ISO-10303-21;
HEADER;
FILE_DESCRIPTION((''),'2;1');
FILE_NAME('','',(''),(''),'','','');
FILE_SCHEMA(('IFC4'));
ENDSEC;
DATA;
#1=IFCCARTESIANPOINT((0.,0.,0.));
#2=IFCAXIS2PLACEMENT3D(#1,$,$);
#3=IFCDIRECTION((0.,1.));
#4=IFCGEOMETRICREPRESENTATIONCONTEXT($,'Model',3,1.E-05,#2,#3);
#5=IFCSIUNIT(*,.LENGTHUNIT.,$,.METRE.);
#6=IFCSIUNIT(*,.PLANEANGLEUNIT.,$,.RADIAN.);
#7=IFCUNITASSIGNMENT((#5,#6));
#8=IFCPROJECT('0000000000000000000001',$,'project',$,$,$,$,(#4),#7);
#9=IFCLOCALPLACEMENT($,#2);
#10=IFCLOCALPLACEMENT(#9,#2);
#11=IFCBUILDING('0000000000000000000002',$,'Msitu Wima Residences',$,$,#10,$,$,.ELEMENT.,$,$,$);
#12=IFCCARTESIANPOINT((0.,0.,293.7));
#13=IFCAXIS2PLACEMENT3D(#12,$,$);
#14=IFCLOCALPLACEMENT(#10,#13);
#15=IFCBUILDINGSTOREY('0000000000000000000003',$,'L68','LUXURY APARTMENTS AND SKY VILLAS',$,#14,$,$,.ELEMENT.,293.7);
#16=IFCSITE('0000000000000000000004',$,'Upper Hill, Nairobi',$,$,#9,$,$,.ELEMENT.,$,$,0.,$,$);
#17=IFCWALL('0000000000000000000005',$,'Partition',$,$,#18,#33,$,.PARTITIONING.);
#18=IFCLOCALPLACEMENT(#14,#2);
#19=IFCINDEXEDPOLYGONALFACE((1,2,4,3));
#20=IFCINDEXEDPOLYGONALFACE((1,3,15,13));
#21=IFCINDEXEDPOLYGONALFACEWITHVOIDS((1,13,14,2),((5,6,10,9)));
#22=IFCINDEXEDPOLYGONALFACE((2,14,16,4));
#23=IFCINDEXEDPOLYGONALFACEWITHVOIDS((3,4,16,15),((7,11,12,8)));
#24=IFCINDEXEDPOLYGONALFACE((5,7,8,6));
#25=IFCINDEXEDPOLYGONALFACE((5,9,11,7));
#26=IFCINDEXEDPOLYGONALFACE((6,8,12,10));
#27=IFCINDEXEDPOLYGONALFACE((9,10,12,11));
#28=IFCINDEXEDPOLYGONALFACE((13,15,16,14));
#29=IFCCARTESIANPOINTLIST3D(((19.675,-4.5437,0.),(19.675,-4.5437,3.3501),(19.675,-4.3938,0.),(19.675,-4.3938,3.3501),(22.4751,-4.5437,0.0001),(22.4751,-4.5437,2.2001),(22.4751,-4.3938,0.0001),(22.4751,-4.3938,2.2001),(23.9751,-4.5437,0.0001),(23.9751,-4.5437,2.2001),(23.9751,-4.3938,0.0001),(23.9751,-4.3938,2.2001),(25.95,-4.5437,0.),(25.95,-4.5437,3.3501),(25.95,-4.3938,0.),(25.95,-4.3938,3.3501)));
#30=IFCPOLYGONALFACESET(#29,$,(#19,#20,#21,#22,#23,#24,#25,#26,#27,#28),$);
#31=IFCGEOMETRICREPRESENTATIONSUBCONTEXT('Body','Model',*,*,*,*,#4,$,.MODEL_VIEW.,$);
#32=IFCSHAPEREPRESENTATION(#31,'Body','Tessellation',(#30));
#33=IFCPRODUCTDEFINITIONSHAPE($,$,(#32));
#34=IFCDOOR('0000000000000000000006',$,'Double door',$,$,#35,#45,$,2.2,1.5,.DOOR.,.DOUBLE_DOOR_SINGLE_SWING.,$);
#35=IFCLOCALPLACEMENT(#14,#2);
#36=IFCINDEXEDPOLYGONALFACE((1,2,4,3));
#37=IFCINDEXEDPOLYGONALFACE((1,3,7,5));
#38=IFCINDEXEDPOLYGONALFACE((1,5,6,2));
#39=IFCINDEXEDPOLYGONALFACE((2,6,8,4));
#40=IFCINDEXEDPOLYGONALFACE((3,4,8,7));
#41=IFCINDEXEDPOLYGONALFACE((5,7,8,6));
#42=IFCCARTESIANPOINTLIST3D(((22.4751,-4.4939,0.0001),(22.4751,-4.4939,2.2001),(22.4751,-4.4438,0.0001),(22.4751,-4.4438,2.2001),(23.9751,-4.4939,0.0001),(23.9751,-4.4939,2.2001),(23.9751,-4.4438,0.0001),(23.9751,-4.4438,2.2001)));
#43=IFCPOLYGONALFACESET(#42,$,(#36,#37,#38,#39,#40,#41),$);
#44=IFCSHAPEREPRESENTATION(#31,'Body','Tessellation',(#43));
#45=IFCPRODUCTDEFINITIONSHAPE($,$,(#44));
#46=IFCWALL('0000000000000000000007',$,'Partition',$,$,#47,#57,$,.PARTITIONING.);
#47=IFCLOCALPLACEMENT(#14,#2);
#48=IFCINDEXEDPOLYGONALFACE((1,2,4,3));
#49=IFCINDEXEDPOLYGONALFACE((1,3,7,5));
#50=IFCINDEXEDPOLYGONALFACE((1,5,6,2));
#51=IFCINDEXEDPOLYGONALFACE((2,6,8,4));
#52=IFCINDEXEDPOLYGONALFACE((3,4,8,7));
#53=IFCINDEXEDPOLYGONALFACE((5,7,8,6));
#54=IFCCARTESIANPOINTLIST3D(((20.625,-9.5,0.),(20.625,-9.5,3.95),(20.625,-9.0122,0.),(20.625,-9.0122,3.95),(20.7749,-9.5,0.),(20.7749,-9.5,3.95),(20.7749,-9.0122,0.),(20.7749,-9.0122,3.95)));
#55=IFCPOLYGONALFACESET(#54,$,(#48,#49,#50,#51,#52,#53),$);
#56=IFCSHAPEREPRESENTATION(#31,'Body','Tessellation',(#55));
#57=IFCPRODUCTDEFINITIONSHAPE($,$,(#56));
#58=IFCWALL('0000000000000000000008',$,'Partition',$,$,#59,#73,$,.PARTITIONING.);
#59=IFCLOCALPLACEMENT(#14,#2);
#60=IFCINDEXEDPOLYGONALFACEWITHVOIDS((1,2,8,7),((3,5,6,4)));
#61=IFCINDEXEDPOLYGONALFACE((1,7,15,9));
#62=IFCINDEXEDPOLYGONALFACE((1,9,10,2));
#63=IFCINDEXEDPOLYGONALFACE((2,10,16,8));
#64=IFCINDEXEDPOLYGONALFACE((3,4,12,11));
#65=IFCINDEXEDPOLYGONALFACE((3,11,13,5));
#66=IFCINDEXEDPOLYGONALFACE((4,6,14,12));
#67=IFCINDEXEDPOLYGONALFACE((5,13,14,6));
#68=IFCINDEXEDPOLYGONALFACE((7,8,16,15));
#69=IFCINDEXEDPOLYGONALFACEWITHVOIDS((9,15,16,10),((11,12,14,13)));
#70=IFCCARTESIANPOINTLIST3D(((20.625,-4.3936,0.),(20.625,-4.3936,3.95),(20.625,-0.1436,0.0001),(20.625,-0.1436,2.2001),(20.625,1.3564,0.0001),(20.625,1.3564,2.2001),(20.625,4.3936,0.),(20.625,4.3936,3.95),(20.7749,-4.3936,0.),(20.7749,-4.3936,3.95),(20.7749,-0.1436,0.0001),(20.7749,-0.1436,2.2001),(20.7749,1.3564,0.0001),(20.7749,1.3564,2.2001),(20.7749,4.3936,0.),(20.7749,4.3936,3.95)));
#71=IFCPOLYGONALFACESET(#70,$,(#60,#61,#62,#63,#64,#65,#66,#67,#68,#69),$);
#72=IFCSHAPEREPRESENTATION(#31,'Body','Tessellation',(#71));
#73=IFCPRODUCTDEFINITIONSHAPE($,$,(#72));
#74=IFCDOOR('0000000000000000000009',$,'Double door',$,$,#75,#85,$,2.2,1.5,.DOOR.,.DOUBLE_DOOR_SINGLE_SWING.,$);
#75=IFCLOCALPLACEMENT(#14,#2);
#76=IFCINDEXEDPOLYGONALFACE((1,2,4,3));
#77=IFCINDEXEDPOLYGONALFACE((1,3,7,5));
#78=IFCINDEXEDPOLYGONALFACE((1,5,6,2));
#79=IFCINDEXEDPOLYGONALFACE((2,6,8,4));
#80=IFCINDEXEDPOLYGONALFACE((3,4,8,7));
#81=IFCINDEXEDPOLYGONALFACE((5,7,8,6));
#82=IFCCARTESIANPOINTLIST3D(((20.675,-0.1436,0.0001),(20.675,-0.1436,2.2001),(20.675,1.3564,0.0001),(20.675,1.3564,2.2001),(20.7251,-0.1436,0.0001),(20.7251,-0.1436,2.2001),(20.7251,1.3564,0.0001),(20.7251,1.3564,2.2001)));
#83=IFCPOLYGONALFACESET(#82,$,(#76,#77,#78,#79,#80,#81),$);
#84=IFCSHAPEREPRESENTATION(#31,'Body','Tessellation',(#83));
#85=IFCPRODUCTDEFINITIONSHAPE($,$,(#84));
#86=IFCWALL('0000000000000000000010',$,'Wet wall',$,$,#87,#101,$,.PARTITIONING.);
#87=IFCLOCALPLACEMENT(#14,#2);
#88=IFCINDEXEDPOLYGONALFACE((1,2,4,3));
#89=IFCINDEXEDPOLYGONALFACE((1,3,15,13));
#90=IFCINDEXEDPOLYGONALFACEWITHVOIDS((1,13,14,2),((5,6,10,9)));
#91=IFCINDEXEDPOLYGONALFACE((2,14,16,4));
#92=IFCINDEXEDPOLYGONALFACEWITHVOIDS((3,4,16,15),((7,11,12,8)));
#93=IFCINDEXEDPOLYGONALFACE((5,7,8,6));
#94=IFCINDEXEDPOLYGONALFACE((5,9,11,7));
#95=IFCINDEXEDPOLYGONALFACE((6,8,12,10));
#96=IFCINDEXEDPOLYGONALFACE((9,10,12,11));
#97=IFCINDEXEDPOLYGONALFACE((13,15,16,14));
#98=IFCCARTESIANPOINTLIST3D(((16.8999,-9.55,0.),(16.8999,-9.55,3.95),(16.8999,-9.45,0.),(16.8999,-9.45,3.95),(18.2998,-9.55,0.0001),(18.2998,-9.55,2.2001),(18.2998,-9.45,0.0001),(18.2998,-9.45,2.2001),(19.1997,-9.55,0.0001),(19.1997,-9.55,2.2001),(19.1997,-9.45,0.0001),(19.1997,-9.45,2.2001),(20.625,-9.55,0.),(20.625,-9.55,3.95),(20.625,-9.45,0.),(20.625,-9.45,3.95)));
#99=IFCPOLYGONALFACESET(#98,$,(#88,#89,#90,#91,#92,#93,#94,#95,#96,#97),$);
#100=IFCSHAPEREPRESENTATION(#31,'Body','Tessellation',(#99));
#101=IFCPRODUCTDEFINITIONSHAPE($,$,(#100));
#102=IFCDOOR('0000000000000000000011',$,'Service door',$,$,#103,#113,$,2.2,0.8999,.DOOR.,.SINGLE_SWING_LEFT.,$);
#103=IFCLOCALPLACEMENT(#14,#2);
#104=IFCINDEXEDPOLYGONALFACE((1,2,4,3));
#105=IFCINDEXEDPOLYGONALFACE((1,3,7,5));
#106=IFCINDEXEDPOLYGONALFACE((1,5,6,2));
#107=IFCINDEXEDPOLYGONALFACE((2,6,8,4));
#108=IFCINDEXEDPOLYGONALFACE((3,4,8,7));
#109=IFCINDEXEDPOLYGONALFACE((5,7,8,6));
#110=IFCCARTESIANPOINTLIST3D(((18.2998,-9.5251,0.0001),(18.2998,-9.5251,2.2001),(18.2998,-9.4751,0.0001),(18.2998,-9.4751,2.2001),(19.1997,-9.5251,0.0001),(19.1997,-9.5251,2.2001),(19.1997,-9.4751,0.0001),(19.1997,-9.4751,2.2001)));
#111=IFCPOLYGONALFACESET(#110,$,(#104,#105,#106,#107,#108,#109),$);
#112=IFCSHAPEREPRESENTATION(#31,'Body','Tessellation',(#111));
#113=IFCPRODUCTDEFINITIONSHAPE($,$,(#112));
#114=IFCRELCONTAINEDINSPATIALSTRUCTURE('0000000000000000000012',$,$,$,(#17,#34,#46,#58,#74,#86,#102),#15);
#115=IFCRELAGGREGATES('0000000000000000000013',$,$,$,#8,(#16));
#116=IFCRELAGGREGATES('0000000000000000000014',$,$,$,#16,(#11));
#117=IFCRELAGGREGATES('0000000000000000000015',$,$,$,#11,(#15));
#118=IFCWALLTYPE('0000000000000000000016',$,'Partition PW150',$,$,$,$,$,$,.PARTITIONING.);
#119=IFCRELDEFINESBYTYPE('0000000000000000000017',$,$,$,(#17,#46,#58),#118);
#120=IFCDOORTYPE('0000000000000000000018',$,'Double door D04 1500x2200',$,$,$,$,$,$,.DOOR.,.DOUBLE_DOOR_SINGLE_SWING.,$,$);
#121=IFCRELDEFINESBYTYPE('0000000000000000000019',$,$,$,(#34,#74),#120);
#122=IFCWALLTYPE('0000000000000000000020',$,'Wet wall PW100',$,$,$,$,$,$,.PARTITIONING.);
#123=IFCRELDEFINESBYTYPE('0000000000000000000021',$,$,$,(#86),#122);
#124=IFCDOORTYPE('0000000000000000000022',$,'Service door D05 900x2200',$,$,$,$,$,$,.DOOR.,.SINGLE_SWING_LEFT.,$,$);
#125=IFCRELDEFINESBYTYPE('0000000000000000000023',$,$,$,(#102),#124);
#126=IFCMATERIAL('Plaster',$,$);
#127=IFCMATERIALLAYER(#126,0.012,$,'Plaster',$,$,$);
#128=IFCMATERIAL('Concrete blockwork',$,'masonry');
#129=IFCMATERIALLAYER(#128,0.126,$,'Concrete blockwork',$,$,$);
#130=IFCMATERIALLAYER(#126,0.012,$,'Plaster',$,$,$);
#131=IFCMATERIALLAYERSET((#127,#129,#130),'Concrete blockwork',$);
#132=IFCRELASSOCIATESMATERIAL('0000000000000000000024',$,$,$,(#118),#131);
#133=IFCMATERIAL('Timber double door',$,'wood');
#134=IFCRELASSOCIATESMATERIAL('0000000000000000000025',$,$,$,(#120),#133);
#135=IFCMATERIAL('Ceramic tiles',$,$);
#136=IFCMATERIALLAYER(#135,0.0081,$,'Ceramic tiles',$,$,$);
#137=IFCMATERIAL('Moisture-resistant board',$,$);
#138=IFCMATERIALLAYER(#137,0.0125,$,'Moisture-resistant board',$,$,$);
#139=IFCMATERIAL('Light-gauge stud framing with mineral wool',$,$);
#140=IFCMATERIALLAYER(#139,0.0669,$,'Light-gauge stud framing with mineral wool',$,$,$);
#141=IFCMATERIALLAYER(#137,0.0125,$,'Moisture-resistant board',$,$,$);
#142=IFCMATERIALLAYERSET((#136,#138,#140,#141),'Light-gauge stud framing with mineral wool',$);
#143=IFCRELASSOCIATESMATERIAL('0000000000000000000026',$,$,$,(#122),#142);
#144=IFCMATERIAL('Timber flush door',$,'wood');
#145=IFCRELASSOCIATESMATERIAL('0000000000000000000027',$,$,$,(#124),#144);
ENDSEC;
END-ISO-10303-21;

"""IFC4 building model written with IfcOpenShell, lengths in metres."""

from ifc_helpers import new_model, si_unit, direction, frame, frame_2d, origin, place, context, subcontext, project, spatial, rectangle, extrude, material, layer, layer_set, type_object, element, fill, save


model = new_model("IFC4")

# Units and contexts
model_context = context("Model", 3, precision=1e-05, world=origin(), true_north=direction((0.0, 1.0)))
body_context = subcontext(model_context, "Body", "Model", "MODEL_VIEW")
ifc_project = project(units=[si_unit("LENGTHUNIT", "METRE"), si_unit("PLANEANGLEUNIT", "RADIAN")], contexts=[model_context])

# Site, building, storey
site_placement = place(None, origin())
site = spatial("IfcSite", under=ifc_project, at=site_placement, Name="Upper Hill, Nairobi", CompositionType="ELEMENT", RefElevation=0.0)
building_placement = place(site_placement, origin())
building = spatial("IfcBuilding", under=site, at=building_placement, Name="Msitu Wima Residences", CompositionType="ELEMENT")
storey_placement = place(building_placement, frame((0.0, 0.0, 293.7)))
storey = spatial("IfcBuildingStorey", under=building, at=storey_placement, Name="L68", Description="LUXURY APARTMENTS AND SKY VILLAS", CompositionType="ELEMENT", Elevation=293.7)

# Wall, opening, door
ifc_material_1 = material(Name="Plaster")
ifc_layer_1 = layer(ifc_material_1, 0.012, Name="Plaster")
ifc_material_2 = material(Name="Concrete blockwork", Category="masonry")
ifc_layer_2 = layer(ifc_material_2, 0.126, Name="Concrete blockwork")
ifc_layer_3 = layer(ifc_material_1, 0.012, Name="Plaster")
ifc_layer_set_1 = layer_set([ifc_layer_1, ifc_layer_2, ifc_layer_3], Name="Concrete blockwork")
wall_type_1 = type_object("IfcWallType", Name="Partition PW150", PredefinedType="PARTITIONING", material=ifc_layer_set_1)
ifc_material_3 = material(Name="Timber flush door", Category="wood")
ifc_material_4 = material(Name="Timber double door", Category="wood")
door_type_1 = type_object("IfcDoorType", Name="Double door D04 1500x2200", OperationType="DOUBLE_DOOR_SINGLE_SWING", PredefinedType="DOOR", material=ifc_material_4)
wall_1_placement = place(storey_placement, frame((19.675, -4.4688, 0.0), z_axis=(0.0, 0.0, 1.0), x_axis=(1.0, 0.0, 0.0)))
wall_1 = element("IfcWall", 1, at=wall_1_placement, inside=storey, type_object=wall_type_1, Name="Partition", PredefinedType="PARTITIONING", context=body_context, shape_type="SweptSolid", body=[
    extrude(rectangle(XDim=6.2749, YDim=0.1499, at=frame_2d((3.1375, 0.0))), origin(), (0.0, 0.0, 1.0), 3.3501),
])
opening_1_placement = place(wall_1_placement, frame((2.8, 0.0, 0.0)))
opening_1 = element("IfcOpeningElement", 2, at=opening_1_placement, cuts=wall_1, PredefinedType="OPENING", context=body_context, shape_type="SweptSolid", body=[
    extrude(rectangle(XDim=1.5, YDim=2.2, at=frame_2d((0.75, 1.1001))), frame((0.0, 0.085, 0.0), z_axis=(0.0, -1.0, 0.0), x_axis=(1.0, 0.0, 0.0)), (0.0, 0.0, 1.0), 0.1699),
])
door_1_placement = place(opening_1_placement, origin())
door_1 = element("IfcDoor", 3, at=door_1_placement, inside=storey, type_object=door_type_1, Name="Double door", OperationType="DOUBLE_DOOR_SINGLE_SWING", OverallHeight=2.2, OverallWidth=1.5, PredefinedType="DOOR", context=body_context, shape_type="SweptSolid", body=[
    extrude(rectangle(XDim=1.5, YDim=2.2, at=frame_2d((0.75, 1.1001))), frame((0.0, 0.0249, 0.0), z_axis=(0.0, -1.0, 0.0), x_axis=(1.0, 0.0, 0.0)), (0.0, 0.0, 1.0), 0.05),
])
fill(opening_1, door_1)

# Wall
wall_2_placement = place(storey_placement, frame((20.7, -9.5, 0.0), z_axis=(0.0, 0.0, 1.0), x_axis=(0.0, 1.0, 0.0)))
element("IfcWall", 4, at=wall_2_placement, inside=storey, type_object=wall_type_1, Name="Partition", PredefinedType="PARTITIONING", context=body_context, shape_type="SweptSolid", body=[
    extrude(rectangle(XDim=0.4878, YDim=0.1499, at=frame_2d((0.2439, 0.0))), origin(), (0.0, 0.0, 1.0), 3.95),
])

# Walls, openings, doors
wall_3_placement = place(storey_placement, frame((20.7, -4.3936, 0.0), z_axis=(0.0, 0.0, 1.0), x_axis=(0.0, 1.0, 0.0)))
wall_3 = element("IfcWall", 5, at=wall_3_placement, inside=storey, type_object=wall_type_1, Name="Partition", PredefinedType="PARTITIONING", context=body_context, shape_type="SweptSolid", body=[
    extrude(rectangle(XDim=8.7871, YDim=0.1499, at=frame_2d((4.3936, 0.0))), origin(), (0.0, 0.0, 1.0), 3.95),
])
opening_2_placement = place(wall_3_placement, frame((4.25, 0.0, 0.0)))
opening_2 = element("IfcOpeningElement", 6, at=opening_2_placement, cuts=wall_3, PredefinedType="OPENING", context=body_context, shape_type="SweptSolid", body=[
    extrude(rectangle(XDim=1.5, YDim=2.2, at=frame_2d((0.75, 1.1001))), frame((0.0, 0.085, 0.0), z_axis=(0.0, -1.0, 0.0), x_axis=(1.0, 0.0, 0.0)), (0.0, 0.0, 1.0), 0.1699),
])
door_2_placement = place(opening_2_placement, origin())
door_2 = element("IfcDoor", 7, at=door_2_placement, inside=storey, type_object=door_type_1, Name="Double door", OperationType="DOUBLE_DOOR_SINGLE_SWING", OverallHeight=2.2, OverallWidth=1.5, PredefinedType="DOOR", context=body_context, shape_type="SweptSolid", body=[
    extrude(rectangle(XDim=1.5, YDim=2.2, at=frame_2d((0.75, 1.1001))), frame((0.0, 0.0249, 0.0), z_axis=(0.0, -1.0, 0.0), x_axis=(1.0, 0.0, 0.0)), (0.0, 0.0, 1.0), 0.05),
])
fill(opening_2, door_2)
ifc_material_5 = material(Name="Ceramic tiles")
ifc_layer_4 = layer(ifc_material_5, 0.0081, Name="Ceramic tiles")
ifc_material_6 = material(Name="Moisture-resistant board")
ifc_layer_5 = layer(ifc_material_6, 0.0125, Name="Moisture-resistant board")
ifc_material_7 = material(Name="Light-gauge stud framing with mineral wool")
ifc_layer_6 = layer(ifc_material_7, 0.0669, Name="Light-gauge stud framing with mineral wool")
ifc_layer_7 = layer(ifc_material_6, 0.0125, Name="Moisture-resistant board")
ifc_layer_set_2 = layer_set([ifc_layer_4, ifc_layer_5, ifc_layer_6, ifc_layer_7], Name="Light-gauge stud framing with mineral wool")
wall_type_2 = type_object("IfcWallType", Name="Wet wall PW100", PredefinedType="PARTITIONING", material=ifc_layer_set_2)
wall_4_placement = place(storey_placement, frame((16.8999, -9.5, 0.0), z_axis=(0.0, 0.0, 1.0), x_axis=(1.0, 0.0, 0.0)))
wall_4 = element("IfcWall", 8, at=wall_4_placement, inside=storey, type_object=wall_type_2, Name="Wet wall", PredefinedType="PARTITIONING", context=body_context, shape_type="SweptSolid", body=[
    extrude(rectangle(XDim=3.7251, YDim=0.1001, at=frame_2d((1.8625, 0.0))), origin(), (0.0, 0.0, 1.0), 3.95),
])
opening_3_placement = place(wall_4_placement, frame((1.3999, 0.0, 0.0)))
opening_3 = element("IfcOpeningElement", 9, at=opening_3_placement, cuts=wall_4, PredefinedType="OPENING", context=body_context, shape_type="SweptSolid", body=[
    extrude(rectangle(XDim=0.8999, YDim=2.2, at=frame_2d((0.45, 1.1001))), frame((0.0, 0.0601, 0.0), z_axis=(0.0, -1.0, 0.0), x_axis=(1.0, 0.0, 0.0)), (0.0, 0.0, 1.0), 0.1201),
])
door_type_2 = type_object("IfcDoorType", Name="Service door D05 900x2200", OperationType="SINGLE_SWING_LEFT", PredefinedType="DOOR", material=ifc_material_3)
door_3_placement = place(opening_3_placement, origin())
door_3 = element("IfcDoor", 10, at=door_3_placement, inside=storey, type_object=door_type_2, Name="Service door", OperationType="SINGLE_SWING_LEFT", OverallHeight=2.2, OverallWidth=0.8999, PredefinedType="DOOR", context=body_context, shape_type="SweptSolid", body=[
    extrude(rectangle(XDim=0.8999, YDim=2.2, at=frame_2d((0.45, 1.1001))), frame((0.0, 0.0249, 0.0), z_axis=(0.0, -1.0, 0.0), x_axis=(1.0, 0.0, 0.0)), (0.0, 0.0, 1.0), 0.05),
])
fill(opening_3, door_3)

save(model, "model.ifc")
